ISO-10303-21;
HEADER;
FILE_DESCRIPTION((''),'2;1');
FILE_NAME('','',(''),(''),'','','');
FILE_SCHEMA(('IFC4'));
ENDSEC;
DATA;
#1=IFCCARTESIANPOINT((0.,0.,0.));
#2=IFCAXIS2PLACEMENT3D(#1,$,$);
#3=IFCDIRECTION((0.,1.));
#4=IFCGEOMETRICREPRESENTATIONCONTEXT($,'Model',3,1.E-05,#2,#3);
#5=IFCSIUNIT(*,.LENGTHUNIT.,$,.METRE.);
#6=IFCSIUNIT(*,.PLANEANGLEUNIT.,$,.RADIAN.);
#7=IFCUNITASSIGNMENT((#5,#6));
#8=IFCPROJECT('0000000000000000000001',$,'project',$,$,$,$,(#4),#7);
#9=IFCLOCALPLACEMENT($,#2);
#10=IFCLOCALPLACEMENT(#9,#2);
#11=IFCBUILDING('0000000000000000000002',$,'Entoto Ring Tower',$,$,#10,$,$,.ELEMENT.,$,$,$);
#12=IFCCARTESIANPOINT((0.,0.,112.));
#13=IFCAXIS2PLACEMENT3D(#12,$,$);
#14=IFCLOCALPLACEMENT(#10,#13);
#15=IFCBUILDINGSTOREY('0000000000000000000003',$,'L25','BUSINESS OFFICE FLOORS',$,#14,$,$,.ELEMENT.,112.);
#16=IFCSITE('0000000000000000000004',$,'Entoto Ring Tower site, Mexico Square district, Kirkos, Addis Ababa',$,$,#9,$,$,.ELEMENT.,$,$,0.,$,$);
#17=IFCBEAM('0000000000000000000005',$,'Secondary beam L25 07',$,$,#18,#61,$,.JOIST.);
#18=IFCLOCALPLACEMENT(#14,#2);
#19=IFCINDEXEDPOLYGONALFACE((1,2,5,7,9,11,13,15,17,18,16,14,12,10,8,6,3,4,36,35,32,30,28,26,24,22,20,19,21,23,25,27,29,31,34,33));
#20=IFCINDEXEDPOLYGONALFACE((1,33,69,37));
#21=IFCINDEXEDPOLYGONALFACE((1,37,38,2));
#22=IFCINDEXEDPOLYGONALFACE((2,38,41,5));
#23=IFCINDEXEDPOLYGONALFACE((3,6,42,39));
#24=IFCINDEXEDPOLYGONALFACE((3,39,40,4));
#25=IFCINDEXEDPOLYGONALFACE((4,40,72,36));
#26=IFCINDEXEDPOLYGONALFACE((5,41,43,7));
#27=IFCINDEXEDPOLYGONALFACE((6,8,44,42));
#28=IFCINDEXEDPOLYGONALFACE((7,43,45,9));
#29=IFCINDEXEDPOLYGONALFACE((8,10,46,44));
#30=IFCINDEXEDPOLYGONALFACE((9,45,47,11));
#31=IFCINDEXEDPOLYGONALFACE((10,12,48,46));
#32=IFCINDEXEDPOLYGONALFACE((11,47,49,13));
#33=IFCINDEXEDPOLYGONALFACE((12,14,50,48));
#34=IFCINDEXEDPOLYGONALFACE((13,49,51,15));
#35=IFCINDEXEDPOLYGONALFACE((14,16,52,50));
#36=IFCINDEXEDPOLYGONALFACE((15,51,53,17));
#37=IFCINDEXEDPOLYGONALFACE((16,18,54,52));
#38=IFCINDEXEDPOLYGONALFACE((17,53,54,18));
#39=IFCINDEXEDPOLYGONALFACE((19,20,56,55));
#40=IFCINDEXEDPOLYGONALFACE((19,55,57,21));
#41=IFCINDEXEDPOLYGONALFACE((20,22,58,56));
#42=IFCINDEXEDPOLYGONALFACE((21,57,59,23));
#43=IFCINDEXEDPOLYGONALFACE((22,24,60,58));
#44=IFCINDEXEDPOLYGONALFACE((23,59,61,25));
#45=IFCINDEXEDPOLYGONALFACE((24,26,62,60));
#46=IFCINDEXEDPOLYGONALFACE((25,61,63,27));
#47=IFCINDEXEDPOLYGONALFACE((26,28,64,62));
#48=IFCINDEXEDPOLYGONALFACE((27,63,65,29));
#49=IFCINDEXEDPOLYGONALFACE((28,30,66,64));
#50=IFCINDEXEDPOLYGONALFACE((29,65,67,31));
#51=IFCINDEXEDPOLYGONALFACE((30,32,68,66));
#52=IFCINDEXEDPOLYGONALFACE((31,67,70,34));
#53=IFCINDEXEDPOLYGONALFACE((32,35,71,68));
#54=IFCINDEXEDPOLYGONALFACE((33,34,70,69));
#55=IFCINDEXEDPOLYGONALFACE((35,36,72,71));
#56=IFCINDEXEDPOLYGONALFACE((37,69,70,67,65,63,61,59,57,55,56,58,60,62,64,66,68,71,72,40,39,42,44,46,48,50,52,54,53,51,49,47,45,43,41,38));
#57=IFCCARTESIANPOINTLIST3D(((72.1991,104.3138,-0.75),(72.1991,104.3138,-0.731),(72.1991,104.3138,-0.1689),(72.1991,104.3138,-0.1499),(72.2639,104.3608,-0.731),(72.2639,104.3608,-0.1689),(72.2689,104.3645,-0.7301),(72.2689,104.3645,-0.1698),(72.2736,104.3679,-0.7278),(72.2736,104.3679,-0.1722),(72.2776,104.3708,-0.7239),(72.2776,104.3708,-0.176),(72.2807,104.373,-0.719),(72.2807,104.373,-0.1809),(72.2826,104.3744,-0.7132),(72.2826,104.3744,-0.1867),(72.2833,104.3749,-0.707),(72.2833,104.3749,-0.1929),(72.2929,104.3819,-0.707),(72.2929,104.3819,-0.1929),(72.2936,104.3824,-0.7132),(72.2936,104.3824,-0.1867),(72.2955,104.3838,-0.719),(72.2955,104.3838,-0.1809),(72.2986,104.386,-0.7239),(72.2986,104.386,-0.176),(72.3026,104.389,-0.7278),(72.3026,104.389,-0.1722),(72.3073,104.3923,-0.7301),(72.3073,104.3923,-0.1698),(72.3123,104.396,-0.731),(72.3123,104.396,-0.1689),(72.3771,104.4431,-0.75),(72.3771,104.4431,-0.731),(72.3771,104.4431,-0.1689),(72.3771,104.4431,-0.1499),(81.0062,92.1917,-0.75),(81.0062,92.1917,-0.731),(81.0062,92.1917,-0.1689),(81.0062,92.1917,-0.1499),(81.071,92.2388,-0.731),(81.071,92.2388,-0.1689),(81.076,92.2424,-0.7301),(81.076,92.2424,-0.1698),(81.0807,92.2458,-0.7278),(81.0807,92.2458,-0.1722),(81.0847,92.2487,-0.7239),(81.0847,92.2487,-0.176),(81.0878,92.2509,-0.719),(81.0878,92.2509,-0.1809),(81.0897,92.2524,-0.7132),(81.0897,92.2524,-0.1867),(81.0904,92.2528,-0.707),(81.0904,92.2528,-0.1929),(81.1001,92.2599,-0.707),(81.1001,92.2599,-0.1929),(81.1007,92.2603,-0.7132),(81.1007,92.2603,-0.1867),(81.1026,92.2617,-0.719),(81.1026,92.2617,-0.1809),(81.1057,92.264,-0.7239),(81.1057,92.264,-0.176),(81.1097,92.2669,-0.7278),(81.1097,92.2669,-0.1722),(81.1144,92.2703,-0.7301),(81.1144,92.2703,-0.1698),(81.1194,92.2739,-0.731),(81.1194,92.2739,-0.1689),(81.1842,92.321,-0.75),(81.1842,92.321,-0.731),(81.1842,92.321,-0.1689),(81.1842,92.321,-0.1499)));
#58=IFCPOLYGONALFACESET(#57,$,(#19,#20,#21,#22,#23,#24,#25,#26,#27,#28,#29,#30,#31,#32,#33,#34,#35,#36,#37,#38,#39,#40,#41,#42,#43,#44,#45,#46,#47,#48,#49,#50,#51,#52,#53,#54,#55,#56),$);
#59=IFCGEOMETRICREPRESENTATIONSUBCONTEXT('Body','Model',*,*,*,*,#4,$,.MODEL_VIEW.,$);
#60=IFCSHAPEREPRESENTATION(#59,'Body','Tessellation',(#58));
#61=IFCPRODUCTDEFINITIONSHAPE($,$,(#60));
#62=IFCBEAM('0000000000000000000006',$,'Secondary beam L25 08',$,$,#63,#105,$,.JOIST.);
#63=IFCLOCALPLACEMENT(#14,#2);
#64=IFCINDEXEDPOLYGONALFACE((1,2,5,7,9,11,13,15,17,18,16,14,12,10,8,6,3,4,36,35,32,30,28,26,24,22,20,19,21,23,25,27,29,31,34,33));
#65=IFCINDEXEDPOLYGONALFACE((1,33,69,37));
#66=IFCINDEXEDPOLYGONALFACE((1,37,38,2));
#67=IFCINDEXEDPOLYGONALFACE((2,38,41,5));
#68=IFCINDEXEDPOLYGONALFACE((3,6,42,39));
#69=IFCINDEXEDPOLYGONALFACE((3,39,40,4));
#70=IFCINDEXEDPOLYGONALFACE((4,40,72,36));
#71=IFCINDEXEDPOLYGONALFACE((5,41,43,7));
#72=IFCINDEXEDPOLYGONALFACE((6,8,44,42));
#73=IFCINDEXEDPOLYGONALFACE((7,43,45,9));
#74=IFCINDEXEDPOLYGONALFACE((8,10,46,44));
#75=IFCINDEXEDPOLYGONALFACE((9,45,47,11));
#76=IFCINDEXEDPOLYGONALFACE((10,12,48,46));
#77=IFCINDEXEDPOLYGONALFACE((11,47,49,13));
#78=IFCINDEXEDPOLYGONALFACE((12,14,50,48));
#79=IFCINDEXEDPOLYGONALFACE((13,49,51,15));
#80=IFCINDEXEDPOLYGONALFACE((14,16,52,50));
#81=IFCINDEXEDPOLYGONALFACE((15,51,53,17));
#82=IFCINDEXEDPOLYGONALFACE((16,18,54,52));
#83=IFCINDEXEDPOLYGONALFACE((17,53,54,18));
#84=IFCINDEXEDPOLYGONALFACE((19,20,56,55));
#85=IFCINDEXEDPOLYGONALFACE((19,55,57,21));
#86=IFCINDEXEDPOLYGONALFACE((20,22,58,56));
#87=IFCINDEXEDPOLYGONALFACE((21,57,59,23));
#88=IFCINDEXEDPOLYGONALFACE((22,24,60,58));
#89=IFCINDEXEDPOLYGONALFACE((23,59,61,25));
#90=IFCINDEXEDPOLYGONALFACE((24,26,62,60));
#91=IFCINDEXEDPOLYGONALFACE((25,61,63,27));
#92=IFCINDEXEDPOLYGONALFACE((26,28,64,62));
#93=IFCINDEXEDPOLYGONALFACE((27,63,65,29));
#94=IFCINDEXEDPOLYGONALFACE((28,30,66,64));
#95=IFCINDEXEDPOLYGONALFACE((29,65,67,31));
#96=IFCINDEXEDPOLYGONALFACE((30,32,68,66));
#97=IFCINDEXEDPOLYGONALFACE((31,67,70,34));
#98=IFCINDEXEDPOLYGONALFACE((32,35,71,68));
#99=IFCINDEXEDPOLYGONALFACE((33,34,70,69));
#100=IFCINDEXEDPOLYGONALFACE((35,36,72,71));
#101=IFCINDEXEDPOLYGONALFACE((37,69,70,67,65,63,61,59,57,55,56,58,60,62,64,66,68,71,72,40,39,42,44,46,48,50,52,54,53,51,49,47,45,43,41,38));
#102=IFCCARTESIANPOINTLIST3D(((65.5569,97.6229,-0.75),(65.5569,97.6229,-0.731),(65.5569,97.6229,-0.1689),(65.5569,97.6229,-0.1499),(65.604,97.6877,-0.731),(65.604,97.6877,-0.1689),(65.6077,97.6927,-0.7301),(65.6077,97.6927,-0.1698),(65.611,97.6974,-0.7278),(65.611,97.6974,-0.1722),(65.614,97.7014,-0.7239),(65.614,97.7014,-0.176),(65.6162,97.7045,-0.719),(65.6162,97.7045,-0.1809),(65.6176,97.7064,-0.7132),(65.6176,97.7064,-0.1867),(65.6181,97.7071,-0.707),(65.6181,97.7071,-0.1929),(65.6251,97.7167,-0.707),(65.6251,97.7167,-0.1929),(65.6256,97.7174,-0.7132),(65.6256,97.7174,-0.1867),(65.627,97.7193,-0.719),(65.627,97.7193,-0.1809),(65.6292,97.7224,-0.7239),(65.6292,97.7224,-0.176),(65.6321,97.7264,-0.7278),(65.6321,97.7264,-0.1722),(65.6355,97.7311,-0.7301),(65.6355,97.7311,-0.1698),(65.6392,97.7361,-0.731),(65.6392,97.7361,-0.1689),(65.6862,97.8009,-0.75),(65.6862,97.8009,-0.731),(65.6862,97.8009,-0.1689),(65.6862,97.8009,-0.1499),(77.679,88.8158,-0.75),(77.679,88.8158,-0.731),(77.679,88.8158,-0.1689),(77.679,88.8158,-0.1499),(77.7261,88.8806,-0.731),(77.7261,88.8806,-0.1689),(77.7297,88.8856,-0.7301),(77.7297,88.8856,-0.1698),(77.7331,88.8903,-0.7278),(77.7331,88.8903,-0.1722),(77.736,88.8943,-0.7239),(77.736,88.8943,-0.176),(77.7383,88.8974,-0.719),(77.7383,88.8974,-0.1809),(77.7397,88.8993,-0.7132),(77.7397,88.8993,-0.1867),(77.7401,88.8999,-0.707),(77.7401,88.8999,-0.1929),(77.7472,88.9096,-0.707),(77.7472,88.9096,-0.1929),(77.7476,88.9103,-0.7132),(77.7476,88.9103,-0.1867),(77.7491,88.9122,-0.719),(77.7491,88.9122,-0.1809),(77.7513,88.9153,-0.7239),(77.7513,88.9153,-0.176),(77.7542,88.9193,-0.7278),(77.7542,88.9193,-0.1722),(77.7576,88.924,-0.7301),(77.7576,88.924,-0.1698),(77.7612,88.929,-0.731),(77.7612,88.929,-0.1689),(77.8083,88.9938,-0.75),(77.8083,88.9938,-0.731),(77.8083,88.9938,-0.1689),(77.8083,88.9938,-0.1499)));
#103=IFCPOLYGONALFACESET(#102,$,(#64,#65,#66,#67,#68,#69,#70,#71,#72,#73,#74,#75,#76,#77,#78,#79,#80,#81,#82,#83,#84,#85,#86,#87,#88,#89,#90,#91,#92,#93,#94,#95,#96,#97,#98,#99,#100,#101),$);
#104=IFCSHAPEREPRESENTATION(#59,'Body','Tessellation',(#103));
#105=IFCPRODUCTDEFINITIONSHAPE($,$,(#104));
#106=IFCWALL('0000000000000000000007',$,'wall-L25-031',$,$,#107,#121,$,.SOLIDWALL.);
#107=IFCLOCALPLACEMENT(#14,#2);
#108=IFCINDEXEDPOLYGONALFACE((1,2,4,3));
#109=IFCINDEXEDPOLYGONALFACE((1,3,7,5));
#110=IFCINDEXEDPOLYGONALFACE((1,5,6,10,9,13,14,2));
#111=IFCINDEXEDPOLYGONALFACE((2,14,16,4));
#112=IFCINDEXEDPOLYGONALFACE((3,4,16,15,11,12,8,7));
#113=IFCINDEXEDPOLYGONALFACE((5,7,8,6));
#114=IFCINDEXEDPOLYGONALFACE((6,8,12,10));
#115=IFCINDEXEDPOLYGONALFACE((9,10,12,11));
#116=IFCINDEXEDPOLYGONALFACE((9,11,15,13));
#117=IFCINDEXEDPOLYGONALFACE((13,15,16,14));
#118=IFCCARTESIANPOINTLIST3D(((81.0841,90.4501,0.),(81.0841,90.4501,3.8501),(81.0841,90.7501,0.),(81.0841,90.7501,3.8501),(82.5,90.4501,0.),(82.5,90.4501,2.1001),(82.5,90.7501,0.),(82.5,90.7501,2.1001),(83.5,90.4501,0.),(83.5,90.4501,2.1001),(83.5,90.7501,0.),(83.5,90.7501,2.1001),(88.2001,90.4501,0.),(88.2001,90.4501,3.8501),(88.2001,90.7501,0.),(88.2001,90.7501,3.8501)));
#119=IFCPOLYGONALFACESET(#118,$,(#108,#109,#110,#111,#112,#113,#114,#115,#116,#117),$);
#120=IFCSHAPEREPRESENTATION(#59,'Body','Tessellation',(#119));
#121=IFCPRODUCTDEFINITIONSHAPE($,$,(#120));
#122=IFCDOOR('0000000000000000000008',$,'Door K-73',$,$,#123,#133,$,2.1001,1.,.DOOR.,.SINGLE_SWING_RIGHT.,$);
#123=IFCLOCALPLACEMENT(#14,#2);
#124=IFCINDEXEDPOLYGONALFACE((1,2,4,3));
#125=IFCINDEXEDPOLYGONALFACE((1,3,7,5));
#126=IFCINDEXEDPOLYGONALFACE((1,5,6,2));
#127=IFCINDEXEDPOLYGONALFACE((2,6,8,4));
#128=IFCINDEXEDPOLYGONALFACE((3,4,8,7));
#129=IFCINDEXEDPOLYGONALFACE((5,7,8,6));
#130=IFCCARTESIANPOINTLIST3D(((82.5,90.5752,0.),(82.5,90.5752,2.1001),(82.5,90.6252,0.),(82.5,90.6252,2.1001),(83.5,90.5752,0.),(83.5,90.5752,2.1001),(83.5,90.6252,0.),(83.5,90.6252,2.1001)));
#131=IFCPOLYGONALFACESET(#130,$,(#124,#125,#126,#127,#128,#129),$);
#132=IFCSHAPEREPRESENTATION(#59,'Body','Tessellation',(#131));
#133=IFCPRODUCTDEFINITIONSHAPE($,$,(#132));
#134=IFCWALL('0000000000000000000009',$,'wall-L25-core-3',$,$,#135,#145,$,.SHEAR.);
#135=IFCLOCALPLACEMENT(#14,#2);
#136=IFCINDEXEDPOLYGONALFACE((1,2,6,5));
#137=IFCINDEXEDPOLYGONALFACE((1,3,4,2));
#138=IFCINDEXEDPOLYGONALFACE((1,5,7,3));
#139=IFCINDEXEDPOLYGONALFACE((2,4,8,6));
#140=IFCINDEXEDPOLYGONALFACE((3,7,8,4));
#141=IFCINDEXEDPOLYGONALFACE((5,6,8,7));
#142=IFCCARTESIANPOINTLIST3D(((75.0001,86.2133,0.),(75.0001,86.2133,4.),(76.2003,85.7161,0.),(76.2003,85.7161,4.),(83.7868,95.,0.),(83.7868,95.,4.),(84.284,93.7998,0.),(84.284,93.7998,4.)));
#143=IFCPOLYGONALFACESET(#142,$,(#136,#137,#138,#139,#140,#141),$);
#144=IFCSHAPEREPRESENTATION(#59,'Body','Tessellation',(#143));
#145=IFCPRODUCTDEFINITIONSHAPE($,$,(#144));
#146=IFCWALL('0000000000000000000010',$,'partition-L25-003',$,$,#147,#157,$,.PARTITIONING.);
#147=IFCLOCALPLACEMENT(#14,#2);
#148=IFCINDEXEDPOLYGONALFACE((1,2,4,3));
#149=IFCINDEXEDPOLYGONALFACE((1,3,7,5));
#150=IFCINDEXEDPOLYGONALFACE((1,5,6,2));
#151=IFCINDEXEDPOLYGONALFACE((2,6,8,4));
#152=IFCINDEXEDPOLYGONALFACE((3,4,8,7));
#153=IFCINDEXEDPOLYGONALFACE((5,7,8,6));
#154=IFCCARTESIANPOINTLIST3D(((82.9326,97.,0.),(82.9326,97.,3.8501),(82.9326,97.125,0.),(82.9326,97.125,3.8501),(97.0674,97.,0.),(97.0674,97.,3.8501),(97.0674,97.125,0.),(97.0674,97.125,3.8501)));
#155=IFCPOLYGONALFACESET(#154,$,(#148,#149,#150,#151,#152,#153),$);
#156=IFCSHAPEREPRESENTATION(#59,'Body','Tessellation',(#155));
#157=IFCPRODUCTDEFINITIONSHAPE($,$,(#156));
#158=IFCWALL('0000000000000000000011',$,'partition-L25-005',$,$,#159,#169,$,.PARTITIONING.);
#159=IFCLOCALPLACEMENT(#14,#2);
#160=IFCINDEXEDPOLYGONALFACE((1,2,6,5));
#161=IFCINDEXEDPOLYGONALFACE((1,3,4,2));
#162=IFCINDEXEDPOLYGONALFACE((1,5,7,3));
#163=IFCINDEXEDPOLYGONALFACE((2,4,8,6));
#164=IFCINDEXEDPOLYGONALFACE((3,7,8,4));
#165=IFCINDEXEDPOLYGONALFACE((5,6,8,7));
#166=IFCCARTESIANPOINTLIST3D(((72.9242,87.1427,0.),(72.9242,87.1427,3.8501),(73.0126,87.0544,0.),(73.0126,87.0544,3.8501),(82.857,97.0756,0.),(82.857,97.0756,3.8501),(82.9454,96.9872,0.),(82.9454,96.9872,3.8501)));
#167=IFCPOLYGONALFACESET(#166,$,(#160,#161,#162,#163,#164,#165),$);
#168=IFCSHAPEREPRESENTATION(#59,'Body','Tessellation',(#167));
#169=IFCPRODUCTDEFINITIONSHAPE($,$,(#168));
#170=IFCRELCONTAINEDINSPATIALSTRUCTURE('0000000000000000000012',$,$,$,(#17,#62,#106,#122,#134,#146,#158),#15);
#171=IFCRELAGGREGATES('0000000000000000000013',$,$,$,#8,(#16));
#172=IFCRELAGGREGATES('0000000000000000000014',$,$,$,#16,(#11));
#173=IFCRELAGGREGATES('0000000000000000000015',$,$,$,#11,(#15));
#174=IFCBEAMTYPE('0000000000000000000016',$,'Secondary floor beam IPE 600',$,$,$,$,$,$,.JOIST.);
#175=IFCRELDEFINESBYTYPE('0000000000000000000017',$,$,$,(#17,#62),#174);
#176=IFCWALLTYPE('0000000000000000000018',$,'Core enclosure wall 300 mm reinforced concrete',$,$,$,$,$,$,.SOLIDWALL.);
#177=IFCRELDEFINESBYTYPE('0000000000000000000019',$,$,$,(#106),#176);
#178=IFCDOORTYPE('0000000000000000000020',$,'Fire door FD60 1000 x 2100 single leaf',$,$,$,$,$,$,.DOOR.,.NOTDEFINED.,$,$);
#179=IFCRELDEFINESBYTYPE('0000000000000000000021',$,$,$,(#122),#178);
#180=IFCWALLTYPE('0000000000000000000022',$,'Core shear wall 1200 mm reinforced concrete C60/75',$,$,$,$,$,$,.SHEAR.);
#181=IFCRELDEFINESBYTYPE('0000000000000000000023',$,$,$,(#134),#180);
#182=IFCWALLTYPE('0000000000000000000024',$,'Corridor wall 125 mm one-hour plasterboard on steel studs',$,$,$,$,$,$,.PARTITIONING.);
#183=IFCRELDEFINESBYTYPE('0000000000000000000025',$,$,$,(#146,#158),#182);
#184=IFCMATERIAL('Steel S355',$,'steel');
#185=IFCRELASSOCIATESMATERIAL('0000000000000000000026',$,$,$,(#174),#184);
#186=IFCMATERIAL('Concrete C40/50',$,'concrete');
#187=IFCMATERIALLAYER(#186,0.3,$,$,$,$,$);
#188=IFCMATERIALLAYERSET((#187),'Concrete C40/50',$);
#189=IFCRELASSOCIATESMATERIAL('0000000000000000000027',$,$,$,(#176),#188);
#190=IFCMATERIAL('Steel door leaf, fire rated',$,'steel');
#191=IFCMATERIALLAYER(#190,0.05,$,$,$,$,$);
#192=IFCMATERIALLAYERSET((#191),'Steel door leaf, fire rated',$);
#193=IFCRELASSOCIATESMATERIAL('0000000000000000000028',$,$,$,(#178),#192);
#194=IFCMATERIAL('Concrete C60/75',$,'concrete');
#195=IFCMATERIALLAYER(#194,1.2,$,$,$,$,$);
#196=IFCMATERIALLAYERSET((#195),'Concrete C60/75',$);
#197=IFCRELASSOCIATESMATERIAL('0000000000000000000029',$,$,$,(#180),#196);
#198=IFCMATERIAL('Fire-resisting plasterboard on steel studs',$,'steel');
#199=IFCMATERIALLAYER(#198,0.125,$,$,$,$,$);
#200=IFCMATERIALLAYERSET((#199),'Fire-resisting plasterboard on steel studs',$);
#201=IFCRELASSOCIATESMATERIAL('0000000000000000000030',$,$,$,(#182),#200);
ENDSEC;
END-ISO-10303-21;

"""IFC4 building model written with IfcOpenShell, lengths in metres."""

from ifc_helpers import new_model, si_unit, direction, frame, frame_2d, origin, origin_2d, place, context, subcontext, project, spatial, polyline, rectangle, i_section, outline, extrude, material, layer, layer_set, material_profile, profile_set, type_object, element, fill, save


model = new_model("IFC4")

# Units and contexts
model_context = context("Model", 3, precision=1e-05, world=origin(), true_north=direction((0.0, 1.0)))
body_context = subcontext(model_context, "Body", "Model", "MODEL_VIEW")
ifc_project = project(units=[si_unit("LENGTHUNIT", "METRE"), si_unit("PLANEANGLEUNIT", "RADIAN")], contexts=[model_context])

# Site, building, storey
site_placement = place(None, origin())
site = spatial("IfcSite", under=ifc_project, at=site_placement, Name="Entoto Ring Tower site, Mexico Square district, Kirkos, Addis Ababa", CompositionType="ELEMENT", RefElevation=0.0)
building_placement = place(site_placement, origin())
building = spatial("IfcBuilding", under=site, at=building_placement, Name="Entoto Ring Tower", CompositionType="ELEMENT")
storey_placement = place(building_placement, frame((0.0, 0.0, 112.0)))
storey = spatial("IfcBuildingStorey", under=building, at=storey_placement, Name="L25", Description="BUSINESS OFFICE FLOORS", CompositionType="ELEMENT", Elevation=112.0)

# Beams
ifc_material_1 = material(Name="Steel S355", Category="steel")
ifc_material_profile_1 = material_profile(ifc_material_1, i_section(OverallWidth=0.22, OverallDepth=0.6001, WebThickness=0.012, FlangeThickness=0.019, FilletRadius=0.0239, at=origin_2d()), Name="IPE 600")
ifc_profile_set_1 = profile_set([ifc_material_profile_1], Name="Steel S355")
beam_type_1 = type_object("IfcBeamType", Name="Secondary floor beam IPE 600", PredefinedType="JOIST", material=ifc_profile_set_1)
for number, where, z_axis, x_axis, name in (
    (1, (81.0952, 92.2563, -0.45), (-0.587782, 0.809019, 0.0), (-0.809019, -0.587782, 0.0), "Secondary beam L25 07"),
    (2, (77.7437, 88.9048, -0.45), (-0.809019, 0.587782, 0.0), (-0.587782, -0.809019, 0.0), "Secondary beam L25 08"),
):
    element("IfcBeam", number, at=place(storey_placement, frame(where, z_axis=z_axis, x_axis=x_axis)), inside=storey, type_object=beam_type_1, Name=name, PredefinedType="JOIST", context=body_context, shape_type="SweptSolid", body=[
        extrude(i_section(OverallWidth=0.22, OverallDepth=0.6001, WebThickness=0.012, FlangeThickness=0.019, FilletRadius=0.0239, at=origin_2d()), origin(), (0.0, 0.0, 1.0), 14.9836),
    ])

# Wall, opening, door
ifc_material_2 = material(Name="Concrete C40/50", Category="concrete")
ifc_layer_1 = layer(ifc_material_2, 0.3)
ifc_layer_set_1 = layer_set([ifc_layer_1], Name="Concrete C40/50")
wall_type_1 = type_object("IfcWallType", Name="Core enclosure wall 300 mm reinforced concrete", PredefinedType="SOLIDWALL", material=ifc_layer_set_1)
wall_1_placement = place(storey_placement, frame((81.084, 90.6001, 0.0), z_axis=(0.0, 0.0, 1.0), x_axis=(1.0, 0.0, 0.0)))
wall_1 = element("IfcWall", 3, at=wall_1_placement, inside=storey, type_object=wall_type_1, Name="wall-L25-031", PredefinedType="SOLIDWALL", context=body_context, shape_type="SweptSolid", body=[
    extrude(rectangle(XDim=7.116, YDim=0.3, at=frame_2d((3.5581, 0.0))), origin(), (0.0, 0.0, 1.0), 3.8501),
])
opening_1_placement = place(wall_1_placement, frame((1.416, 0.0, 0.0)))
opening_1 = element("IfcOpeningElement", 4, at=opening_1_placement, cuts=wall_1, PredefinedType="OPENING", context=body_context, shape_type="SweptSolid", body=[
    extrude(rectangle(XDim=1.0, YDim=2.1001, at=frame_2d((0.5, 1.05))), frame((0.0, 0.1602, 0.0), z_axis=(0.0, -1.0, 0.0), x_axis=(1.0, 0.0, 0.0)), (0.0, 0.0, 1.0), 0.3201),
])
ifc_material_3 = material(Name="Steel door leaf, fire rated", Category="steel")
ifc_layer_2 = layer(ifc_material_3, 0.05)
ifc_layer_set_2 = layer_set([ifc_layer_2], Name="Steel door leaf, fire rated")
door_type_1 = type_object("IfcDoorType", Name="Fire door FD60 1000 x 2100 single leaf", OperationType="NOTDEFINED", PredefinedType="DOOR", material=ifc_layer_set_2)
door_1_placement = place(opening_1_placement, frame((1.0, 0.0, 0.0), z_axis=(0.0, 0.0, 1.0), x_axis=(-1.0, 0.0, 0.0)))
door_1 = element("IfcDoor", 5, at=door_1_placement, inside=storey, type_object=door_type_1, Name="Door K-73", OperationType="SINGLE_SWING_RIGHT", OverallHeight=2.1001, OverallWidth=1.0, PredefinedType="DOOR", context=body_context, shape_type="SweptSolid", body=[
    extrude(rectangle(XDim=1.0, YDim=2.1001, at=frame_2d((0.5, 1.05))), frame((0.0, 0.0249, 0.0), z_axis=(0.0, -1.0, 0.0), x_axis=(1.0, 0.0, 0.0)), (0.0, 0.0, 1.0), 0.05),
])
fill(opening_1, door_1)

# Walls
ifc_material_4 = material(Name="Concrete C60/75", Category="concrete")
ifc_layer_3 = layer(ifc_material_4, 1.2)
ifc_layer_set_3 = layer_set([ifc_layer_3], Name="Concrete C60/75")
wall_type_2 = type_object("IfcWallType", Name="Core shear wall 1200 mm reinforced concrete C60/75", PredefinedType="SHEAR", material=ifc_layer_set_3)
wall_2_placement = place(storey_placement, frame((84.0354, 94.3999, 0.0), z_axis=(0.0, 0.0, 1.0), x_axis=(-0.707107, -0.707107, 0.0)))
element("IfcWall", 6, at=wall_2_placement, inside=storey, type_object=wall_type_2, Name="wall-L25-core-3", PredefinedType="SHEAR", context=body_context, shape_type="SweptSolid", body=[
    extrude(outline(polyline([(-0.2485, -0.6001), (12.1777, -0.6001), (11.6807, 0.6001), (0.2485, 0.6001), (-0.2485, -0.6001)])), origin(), (0.0, 0.0, 1.0), 4.0),
])
ifc_material_5 = material(Name="Fire-resisting plasterboard on steel studs", Category="steel")
ifc_layer_4 = layer(ifc_material_5, 0.125)
ifc_layer_set_4 = layer_set([ifc_layer_4], Name="Fire-resisting plasterboard on steel studs")
wall_type_3 = type_object("IfcWallType", Name="Corridor wall 125 mm one-hour plasterboard on steel studs", PredefinedType="PARTITIONING", material=ifc_layer_set_4)
wall_3_placement = place(storey_placement, frame((82.9326, 97.0625, 0.0), z_axis=(0.0, 0.0, 1.0), x_axis=(1.0, 0.0, 0.0)))
element("IfcWall", 7, at=wall_3_placement, inside=storey, type_object=wall_type_3, Name="partition-L25-003", PredefinedType="PARTITIONING", context=body_context, shape_type="SweptSolid", body=[
    extrude(rectangle(XDim=14.1348, YDim=0.125, at=frame_2d((7.0674, 0.0))), origin(), (0.0, 0.0, 1.0), 3.8501),
])
wall_4_placement = place(storey_placement, frame((72.9685, 87.0986, 0.0), z_axis=(0.0, 0.0, 1.0), x_axis=(0.707107, 0.707107, 0.0)))
element("IfcWall", 8, at=wall_4_placement, inside=storey, type_object=wall_type_3, Name="partition-L25-005", PredefinedType="PARTITIONING", context=body_context, shape_type="SweptSolid", body=[
    extrude(rectangle(XDim=14.0471, YDim=0.125, at=frame_2d((7.0234, 0.0))), origin(), (0.0, 0.0, 1.0), 3.8501),
])

save(model, "model.ifc")
